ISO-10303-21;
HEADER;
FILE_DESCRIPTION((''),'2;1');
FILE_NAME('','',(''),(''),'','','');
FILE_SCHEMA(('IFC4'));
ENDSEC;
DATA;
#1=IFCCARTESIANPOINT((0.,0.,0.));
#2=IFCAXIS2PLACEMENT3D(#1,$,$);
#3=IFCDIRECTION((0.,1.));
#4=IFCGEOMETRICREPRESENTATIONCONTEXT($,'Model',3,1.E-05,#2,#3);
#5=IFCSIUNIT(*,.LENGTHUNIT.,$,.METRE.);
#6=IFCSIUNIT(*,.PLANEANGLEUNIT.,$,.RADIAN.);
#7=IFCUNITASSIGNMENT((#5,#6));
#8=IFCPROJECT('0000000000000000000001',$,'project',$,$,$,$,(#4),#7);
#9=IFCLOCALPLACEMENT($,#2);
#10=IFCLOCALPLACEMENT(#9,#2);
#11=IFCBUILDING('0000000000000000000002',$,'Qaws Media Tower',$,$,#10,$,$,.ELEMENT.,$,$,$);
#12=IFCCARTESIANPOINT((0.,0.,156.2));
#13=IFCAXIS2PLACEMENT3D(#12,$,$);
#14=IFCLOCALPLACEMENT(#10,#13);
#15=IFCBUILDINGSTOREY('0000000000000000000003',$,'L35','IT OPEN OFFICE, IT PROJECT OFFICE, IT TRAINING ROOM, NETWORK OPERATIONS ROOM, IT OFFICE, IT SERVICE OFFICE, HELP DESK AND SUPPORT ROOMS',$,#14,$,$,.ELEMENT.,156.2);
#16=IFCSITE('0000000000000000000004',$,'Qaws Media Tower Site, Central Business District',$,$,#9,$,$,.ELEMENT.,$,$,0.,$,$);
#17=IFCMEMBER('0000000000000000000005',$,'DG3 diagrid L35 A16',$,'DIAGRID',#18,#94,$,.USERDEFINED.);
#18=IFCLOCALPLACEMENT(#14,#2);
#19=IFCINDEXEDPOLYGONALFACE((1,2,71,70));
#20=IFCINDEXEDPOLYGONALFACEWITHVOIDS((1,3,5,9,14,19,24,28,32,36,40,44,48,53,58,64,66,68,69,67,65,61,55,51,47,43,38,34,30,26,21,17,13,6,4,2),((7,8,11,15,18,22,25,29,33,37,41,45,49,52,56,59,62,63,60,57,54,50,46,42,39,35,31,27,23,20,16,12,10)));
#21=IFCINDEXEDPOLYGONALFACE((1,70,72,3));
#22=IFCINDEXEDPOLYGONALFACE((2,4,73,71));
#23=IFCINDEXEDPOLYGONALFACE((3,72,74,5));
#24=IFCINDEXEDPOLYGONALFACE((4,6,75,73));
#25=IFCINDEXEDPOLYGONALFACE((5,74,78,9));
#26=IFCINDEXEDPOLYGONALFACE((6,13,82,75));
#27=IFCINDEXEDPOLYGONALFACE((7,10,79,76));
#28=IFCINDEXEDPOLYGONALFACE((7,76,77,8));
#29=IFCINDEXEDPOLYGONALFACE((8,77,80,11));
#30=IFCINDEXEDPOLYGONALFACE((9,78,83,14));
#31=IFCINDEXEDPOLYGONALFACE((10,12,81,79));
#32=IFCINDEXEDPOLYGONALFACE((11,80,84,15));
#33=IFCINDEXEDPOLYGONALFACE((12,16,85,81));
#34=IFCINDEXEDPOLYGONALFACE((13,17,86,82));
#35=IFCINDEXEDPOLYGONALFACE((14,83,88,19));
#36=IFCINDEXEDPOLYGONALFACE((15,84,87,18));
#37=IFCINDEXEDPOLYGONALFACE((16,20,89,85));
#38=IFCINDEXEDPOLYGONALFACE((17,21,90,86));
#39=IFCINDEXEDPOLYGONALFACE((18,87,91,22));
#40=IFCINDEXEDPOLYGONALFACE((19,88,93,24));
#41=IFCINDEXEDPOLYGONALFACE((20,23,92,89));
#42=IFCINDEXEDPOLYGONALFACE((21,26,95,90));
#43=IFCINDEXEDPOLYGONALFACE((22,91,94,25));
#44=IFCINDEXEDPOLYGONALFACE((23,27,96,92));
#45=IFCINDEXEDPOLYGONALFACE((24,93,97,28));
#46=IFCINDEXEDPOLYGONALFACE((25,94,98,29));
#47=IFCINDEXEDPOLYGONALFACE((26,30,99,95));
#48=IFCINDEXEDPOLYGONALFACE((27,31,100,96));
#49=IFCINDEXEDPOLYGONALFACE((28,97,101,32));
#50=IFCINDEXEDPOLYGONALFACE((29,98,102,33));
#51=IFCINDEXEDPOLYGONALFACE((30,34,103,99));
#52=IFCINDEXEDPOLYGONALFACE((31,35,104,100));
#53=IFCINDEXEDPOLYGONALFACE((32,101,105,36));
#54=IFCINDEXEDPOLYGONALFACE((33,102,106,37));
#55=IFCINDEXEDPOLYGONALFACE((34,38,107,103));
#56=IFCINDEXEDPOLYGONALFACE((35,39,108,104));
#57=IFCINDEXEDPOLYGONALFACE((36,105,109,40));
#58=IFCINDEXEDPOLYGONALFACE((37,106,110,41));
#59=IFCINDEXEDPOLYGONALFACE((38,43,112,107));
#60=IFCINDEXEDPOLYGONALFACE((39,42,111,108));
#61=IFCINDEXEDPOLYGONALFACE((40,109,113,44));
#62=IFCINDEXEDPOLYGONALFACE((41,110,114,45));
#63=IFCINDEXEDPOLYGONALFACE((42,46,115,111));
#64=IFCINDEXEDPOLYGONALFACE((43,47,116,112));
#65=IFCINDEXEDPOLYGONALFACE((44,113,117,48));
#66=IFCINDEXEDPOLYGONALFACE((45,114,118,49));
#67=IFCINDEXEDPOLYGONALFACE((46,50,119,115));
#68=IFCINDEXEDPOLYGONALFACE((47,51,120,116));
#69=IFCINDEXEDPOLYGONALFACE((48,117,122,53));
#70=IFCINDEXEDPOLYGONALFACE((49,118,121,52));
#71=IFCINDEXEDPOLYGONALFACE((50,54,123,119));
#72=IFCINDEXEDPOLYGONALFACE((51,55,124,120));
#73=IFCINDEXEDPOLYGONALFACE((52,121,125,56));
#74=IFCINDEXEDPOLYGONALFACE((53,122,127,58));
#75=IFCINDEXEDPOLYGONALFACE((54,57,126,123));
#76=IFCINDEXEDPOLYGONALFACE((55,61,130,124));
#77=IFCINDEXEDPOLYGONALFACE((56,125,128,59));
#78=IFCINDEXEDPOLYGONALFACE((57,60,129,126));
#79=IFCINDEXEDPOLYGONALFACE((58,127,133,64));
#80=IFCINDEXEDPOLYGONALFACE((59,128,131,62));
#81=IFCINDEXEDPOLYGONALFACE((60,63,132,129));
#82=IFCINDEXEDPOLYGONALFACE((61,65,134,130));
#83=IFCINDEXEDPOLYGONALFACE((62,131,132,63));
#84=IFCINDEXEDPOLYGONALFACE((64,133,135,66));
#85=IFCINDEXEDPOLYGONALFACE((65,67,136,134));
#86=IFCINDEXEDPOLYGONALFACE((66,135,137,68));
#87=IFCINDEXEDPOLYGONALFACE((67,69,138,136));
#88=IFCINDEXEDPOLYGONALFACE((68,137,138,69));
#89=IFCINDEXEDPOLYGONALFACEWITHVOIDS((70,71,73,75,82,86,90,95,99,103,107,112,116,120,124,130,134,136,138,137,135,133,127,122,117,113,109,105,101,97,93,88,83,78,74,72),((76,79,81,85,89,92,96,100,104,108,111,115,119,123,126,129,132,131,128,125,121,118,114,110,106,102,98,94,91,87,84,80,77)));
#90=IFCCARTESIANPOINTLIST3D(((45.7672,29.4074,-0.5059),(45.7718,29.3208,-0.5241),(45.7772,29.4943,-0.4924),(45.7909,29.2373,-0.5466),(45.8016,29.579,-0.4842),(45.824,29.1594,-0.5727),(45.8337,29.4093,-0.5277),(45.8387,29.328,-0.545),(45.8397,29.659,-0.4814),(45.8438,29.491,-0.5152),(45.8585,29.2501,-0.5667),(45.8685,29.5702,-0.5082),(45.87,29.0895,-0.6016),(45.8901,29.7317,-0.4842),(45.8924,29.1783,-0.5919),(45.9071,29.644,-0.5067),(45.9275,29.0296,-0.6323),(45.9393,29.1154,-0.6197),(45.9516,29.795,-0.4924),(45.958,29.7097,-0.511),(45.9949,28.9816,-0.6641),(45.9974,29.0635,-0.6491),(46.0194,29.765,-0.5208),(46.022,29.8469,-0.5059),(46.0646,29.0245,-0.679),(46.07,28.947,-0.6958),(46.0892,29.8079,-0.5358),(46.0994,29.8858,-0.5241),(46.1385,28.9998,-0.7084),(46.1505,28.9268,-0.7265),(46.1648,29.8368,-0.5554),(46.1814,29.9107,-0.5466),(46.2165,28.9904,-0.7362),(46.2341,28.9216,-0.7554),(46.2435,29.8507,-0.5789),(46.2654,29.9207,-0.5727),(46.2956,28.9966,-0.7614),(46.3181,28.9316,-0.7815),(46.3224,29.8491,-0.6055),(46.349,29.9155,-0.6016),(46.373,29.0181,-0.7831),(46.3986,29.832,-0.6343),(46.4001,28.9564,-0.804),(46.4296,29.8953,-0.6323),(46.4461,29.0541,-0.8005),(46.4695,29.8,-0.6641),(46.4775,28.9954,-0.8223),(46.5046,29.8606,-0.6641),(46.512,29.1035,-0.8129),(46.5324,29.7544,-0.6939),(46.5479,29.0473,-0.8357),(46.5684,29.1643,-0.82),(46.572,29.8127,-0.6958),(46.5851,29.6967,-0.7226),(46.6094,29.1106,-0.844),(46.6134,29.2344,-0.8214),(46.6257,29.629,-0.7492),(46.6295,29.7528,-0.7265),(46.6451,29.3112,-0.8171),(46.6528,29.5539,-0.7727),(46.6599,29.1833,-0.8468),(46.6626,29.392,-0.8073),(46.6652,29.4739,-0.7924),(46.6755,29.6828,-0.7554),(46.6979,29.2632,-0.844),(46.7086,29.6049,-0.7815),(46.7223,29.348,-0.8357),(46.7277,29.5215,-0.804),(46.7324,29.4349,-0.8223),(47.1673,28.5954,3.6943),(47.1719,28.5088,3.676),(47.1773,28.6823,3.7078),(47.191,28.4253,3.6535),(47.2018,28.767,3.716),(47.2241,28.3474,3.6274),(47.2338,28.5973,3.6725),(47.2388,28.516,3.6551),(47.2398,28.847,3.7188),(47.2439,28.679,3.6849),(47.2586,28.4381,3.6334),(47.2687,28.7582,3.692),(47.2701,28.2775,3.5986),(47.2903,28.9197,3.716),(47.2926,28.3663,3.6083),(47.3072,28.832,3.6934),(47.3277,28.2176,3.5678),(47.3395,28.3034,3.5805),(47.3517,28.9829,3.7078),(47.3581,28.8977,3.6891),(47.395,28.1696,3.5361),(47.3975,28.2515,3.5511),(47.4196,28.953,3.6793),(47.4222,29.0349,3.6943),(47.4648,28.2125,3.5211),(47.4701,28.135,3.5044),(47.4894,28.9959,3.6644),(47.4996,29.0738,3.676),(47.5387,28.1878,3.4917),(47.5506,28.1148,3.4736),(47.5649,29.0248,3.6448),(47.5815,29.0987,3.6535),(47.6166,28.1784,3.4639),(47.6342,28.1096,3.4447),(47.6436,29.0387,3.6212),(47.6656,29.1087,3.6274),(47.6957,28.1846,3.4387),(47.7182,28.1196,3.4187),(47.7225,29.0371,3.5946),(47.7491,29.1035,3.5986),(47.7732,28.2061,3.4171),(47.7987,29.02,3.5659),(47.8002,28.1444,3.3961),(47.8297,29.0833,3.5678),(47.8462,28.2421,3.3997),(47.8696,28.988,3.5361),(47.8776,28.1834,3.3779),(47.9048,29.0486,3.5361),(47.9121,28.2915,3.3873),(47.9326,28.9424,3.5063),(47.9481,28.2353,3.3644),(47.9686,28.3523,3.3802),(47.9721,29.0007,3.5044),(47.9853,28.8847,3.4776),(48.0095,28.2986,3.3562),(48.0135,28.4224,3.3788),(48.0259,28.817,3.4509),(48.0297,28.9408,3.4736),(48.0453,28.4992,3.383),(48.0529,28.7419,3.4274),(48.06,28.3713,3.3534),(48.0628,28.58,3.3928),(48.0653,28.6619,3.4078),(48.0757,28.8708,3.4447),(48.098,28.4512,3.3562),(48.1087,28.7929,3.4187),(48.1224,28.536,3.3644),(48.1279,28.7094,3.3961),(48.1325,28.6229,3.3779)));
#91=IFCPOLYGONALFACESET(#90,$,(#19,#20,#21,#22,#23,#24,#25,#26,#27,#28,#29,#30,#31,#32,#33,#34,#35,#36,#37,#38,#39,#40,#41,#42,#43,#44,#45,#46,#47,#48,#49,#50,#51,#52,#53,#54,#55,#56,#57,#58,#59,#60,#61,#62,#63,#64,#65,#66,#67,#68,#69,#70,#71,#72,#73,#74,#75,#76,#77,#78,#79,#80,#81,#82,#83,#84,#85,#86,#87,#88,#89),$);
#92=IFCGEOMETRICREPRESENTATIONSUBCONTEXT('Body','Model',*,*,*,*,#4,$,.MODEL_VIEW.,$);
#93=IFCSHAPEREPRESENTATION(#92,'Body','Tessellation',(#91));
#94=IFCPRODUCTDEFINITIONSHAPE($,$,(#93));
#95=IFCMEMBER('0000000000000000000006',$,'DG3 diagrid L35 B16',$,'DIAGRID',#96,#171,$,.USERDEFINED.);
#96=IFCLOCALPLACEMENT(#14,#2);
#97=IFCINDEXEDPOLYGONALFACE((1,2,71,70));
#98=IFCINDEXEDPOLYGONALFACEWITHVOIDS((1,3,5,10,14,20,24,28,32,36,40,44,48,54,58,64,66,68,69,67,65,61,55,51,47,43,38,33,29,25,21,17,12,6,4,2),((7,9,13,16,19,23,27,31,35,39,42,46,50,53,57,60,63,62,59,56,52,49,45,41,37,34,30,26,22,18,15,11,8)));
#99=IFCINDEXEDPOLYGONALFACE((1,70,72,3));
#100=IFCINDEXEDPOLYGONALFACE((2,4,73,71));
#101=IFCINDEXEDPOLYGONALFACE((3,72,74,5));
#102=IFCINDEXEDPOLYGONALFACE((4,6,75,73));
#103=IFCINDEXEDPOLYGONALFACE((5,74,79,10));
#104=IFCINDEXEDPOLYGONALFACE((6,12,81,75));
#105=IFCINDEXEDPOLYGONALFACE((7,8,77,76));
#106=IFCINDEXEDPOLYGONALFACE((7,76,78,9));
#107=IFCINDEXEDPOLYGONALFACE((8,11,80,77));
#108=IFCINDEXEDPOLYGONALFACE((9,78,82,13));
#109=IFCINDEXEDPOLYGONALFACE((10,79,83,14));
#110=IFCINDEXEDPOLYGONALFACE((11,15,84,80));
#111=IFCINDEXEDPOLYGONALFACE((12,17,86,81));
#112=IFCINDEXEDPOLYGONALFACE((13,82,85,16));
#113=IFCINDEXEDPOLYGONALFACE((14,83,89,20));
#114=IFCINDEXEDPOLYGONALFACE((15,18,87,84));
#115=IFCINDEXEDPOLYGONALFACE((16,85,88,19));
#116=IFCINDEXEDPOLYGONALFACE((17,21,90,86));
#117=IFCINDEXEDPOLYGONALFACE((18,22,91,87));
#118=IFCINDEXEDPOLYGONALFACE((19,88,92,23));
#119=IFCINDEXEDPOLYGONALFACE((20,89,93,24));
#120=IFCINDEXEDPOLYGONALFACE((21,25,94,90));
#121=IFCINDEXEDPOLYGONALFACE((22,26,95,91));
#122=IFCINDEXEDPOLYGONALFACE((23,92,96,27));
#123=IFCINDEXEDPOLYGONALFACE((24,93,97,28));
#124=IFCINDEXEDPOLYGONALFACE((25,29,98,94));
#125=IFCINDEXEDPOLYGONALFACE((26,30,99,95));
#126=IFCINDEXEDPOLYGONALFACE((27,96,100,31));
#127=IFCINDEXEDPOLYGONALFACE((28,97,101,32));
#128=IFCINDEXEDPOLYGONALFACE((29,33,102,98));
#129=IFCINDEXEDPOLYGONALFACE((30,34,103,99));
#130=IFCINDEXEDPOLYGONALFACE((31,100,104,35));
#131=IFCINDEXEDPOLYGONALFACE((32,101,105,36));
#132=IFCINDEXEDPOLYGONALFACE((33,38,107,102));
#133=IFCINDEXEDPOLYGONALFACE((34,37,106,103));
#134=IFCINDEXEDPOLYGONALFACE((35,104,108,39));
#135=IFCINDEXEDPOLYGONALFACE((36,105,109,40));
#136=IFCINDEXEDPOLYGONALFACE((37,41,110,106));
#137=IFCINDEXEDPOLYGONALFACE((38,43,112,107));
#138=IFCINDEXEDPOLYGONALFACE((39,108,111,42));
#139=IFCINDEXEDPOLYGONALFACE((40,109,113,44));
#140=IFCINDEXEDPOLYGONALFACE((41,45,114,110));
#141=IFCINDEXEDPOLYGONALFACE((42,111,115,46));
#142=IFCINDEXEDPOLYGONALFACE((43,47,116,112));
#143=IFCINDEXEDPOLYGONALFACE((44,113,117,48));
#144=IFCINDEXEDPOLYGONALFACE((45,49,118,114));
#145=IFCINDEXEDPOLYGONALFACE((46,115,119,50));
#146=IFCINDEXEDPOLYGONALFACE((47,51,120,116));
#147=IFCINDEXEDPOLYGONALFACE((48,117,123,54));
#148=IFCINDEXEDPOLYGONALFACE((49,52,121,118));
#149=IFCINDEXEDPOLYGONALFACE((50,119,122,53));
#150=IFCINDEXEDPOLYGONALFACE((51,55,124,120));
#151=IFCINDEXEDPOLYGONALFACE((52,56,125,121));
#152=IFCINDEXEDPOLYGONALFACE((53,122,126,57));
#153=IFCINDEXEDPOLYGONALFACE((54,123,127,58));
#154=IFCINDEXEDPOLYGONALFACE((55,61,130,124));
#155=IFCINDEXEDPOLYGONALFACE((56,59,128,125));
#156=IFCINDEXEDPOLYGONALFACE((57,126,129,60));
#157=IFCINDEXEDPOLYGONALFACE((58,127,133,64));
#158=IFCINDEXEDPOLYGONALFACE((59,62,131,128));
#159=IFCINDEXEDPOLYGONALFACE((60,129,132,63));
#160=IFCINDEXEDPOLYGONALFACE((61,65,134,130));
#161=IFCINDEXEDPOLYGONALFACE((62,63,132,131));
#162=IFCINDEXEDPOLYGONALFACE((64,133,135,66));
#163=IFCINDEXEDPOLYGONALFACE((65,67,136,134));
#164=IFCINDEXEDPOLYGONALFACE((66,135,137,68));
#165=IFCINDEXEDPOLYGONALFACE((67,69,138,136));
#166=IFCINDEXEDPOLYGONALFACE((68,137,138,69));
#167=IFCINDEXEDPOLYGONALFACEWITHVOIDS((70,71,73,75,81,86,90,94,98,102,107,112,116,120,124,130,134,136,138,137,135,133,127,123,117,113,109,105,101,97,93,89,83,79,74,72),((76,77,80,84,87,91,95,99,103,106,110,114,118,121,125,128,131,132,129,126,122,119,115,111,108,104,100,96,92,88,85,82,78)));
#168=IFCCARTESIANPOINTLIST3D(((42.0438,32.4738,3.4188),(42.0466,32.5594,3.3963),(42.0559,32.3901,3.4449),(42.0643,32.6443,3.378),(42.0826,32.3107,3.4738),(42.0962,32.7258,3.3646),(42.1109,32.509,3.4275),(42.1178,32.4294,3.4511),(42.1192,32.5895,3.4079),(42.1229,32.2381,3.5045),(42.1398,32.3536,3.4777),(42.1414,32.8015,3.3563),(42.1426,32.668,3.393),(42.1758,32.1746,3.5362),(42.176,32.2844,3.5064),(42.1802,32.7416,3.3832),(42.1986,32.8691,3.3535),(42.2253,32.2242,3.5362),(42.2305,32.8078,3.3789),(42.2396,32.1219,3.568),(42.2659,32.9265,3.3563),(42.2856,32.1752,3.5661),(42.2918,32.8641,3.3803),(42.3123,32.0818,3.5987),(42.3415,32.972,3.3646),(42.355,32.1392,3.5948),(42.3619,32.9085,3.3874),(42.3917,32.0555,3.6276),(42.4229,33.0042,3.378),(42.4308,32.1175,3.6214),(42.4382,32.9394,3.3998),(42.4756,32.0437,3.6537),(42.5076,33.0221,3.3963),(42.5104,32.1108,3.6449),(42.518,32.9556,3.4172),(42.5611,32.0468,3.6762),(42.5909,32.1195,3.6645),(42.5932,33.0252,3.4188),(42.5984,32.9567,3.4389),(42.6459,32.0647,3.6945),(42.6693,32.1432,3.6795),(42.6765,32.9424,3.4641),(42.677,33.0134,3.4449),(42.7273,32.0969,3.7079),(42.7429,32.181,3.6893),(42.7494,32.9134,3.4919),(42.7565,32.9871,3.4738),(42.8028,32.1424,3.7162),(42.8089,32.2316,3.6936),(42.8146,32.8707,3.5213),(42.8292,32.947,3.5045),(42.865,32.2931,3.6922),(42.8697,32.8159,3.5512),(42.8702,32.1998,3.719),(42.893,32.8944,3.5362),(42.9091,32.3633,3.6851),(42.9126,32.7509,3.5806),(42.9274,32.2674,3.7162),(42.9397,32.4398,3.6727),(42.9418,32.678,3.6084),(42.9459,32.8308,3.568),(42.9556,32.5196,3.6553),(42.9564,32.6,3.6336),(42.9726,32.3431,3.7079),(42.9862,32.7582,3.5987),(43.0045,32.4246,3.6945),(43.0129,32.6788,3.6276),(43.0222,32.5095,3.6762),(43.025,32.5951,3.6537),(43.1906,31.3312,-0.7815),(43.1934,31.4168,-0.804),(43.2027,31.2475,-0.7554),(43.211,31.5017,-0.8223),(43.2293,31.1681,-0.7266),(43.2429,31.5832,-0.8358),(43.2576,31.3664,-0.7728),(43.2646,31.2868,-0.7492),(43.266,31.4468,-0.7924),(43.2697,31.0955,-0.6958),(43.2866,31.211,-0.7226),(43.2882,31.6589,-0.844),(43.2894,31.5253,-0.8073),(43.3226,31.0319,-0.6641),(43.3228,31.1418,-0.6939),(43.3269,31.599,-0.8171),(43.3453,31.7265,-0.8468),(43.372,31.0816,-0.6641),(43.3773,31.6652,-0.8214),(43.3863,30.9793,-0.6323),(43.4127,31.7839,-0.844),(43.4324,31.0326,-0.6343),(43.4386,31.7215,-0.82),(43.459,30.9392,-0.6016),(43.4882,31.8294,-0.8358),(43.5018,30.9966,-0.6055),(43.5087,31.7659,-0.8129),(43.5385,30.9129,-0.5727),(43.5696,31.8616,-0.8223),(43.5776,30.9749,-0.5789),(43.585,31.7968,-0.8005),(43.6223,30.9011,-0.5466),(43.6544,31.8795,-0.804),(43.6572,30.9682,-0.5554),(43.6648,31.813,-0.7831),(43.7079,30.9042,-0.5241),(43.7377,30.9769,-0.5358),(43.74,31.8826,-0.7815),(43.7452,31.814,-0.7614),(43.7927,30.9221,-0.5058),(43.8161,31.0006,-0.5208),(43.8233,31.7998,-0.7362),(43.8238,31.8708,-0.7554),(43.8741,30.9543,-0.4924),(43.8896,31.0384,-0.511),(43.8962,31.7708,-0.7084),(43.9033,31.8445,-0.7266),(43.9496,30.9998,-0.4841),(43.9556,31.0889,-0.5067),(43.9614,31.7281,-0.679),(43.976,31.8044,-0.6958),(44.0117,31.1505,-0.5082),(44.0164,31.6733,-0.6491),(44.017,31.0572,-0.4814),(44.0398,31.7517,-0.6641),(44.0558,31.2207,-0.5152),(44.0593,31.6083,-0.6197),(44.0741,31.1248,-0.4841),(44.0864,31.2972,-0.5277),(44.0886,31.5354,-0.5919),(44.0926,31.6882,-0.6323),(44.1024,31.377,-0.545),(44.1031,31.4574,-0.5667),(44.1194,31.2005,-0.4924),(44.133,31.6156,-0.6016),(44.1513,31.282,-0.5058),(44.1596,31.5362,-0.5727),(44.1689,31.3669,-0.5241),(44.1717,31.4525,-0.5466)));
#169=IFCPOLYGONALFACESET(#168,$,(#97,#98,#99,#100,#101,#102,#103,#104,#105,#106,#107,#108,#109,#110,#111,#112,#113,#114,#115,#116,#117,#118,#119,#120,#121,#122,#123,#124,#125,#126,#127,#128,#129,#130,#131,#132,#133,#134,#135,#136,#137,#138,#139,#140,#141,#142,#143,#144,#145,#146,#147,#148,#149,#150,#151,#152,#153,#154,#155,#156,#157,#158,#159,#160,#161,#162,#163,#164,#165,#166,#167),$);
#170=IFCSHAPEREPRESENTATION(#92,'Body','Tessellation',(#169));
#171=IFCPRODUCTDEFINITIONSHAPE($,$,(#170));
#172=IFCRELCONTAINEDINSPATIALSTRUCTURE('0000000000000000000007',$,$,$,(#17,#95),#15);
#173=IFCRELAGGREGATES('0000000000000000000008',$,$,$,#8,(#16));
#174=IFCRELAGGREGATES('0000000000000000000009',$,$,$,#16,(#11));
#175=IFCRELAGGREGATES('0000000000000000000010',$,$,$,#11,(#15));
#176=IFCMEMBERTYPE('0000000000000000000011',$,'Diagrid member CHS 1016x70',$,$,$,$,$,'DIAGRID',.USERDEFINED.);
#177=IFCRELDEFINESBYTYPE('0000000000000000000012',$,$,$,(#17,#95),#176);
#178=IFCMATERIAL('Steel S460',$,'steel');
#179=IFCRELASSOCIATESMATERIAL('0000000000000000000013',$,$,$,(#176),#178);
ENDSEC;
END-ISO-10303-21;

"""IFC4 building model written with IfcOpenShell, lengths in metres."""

from ifc_helpers import new_model, si_unit, direction, frame, origin, origin_2d, place, context, subcontext, project, spatial, hollow_circle, extrude, material, material_profile, profile_set, type_object, element, save


model = new_model("IFC4")

# Units and contexts
model_context = context("Model", 3, precision=1e-05, world=origin(), true_north=direction((0.0, 1.0)))
body_context = subcontext(model_context, "Body", "Model", "MODEL_VIEW")
ifc_project = project(units=[si_unit("LENGTHUNIT", "METRE"), si_unit("PLANEANGLEUNIT", "RADIAN")], contexts=[model_context])

# Site, building, storey
site_placement = place(None, origin())
site = spatial("IfcSite", under=ifc_project, at=site_placement, Name="Qaws Media Tower Site, Central Business District", CompositionType="ELEMENT", RefElevation=0.0)
building_placement = place(site_placement, origin())
building = spatial("IfcBuilding", under=site, at=building_placement, Name="Qaws Media Tower", CompositionType="ELEMENT")
storey_placement = place(building_placement, frame((0.0, 0.0, 156.2)))
storey = spatial("IfcBuildingStorey", under=building, at=storey_placement, Name="L35", Description="IT OPEN OFFICE, IT PROJECT OFFICE, IT TRAINING ROOM, NETWORK OPERATIONS ROOM, IT OFFICE, IT SERVICE OFFICE, HELP DESK AND SUPPORT ROOMS", CompositionType="ELEMENT", Elevation=156.2)

# Members
ifc_material_1 = material(Name="Steel S460", Category="steel")
ifc_material_profile_1 = material_profile(ifc_material_1, hollow_circle(Radius=0.5081, WallThickness=0.0701, at=origin_2d()), Name="CHS 1016x70")
ifc_profile_set_1 = profile_set([ifc_material_profile_1], Name="Steel S460")
member_type_1 = type_object("IfcMemberType", Name="Diagrid member CHS 1016x70", ElementType="DIAGRID", PredefinedType="USERDEFINED", material=ifc_profile_set_1)
member_1_placement = place(storey_placement, frame((46.2498, 29.4211, -0.6641), z_axis=(0.311056, -0.180396, 0.933114), x_axis=(0.501684, 0.865051, 0.0)))
element("IfcMember", 1, at=member_1_placement, inside=storey, type_object=member_type_1, Name="DG3 diagrid L35 A16", ObjectType="DIAGRID", PredefinedType="USERDEFINED", context=body_context, shape_type="SweptSolid", body=[
    extrude(hollow_circle(Radius=0.5081, WallThickness=0.0701, at=origin_2d()), origin(), (0.0, 0.0, 1.0), 4.5012),
])
member_2_placement = place(storey_placement, frame((43.6812, 31.3918, -0.6641), z_axis=(-0.254752, 0.25383, 0.933098), x_axis=(-0.705824, -0.708388, 0.0)))
element("IfcMember", 2, at=member_2_placement, inside=storey, type_object=member_type_1, Name="DG3 diagrid L35 B16", ObjectType="DIAGRID", PredefinedType="USERDEFINED", context=body_context, shape_type="SweptSolid", body=[
    extrude(hollow_circle(Radius=0.5081, WallThickness=0.0701, at=origin_2d()), origin(), (0.0, 0.0, 1.0), 4.5015),
])

save(model, "model.ifc")
